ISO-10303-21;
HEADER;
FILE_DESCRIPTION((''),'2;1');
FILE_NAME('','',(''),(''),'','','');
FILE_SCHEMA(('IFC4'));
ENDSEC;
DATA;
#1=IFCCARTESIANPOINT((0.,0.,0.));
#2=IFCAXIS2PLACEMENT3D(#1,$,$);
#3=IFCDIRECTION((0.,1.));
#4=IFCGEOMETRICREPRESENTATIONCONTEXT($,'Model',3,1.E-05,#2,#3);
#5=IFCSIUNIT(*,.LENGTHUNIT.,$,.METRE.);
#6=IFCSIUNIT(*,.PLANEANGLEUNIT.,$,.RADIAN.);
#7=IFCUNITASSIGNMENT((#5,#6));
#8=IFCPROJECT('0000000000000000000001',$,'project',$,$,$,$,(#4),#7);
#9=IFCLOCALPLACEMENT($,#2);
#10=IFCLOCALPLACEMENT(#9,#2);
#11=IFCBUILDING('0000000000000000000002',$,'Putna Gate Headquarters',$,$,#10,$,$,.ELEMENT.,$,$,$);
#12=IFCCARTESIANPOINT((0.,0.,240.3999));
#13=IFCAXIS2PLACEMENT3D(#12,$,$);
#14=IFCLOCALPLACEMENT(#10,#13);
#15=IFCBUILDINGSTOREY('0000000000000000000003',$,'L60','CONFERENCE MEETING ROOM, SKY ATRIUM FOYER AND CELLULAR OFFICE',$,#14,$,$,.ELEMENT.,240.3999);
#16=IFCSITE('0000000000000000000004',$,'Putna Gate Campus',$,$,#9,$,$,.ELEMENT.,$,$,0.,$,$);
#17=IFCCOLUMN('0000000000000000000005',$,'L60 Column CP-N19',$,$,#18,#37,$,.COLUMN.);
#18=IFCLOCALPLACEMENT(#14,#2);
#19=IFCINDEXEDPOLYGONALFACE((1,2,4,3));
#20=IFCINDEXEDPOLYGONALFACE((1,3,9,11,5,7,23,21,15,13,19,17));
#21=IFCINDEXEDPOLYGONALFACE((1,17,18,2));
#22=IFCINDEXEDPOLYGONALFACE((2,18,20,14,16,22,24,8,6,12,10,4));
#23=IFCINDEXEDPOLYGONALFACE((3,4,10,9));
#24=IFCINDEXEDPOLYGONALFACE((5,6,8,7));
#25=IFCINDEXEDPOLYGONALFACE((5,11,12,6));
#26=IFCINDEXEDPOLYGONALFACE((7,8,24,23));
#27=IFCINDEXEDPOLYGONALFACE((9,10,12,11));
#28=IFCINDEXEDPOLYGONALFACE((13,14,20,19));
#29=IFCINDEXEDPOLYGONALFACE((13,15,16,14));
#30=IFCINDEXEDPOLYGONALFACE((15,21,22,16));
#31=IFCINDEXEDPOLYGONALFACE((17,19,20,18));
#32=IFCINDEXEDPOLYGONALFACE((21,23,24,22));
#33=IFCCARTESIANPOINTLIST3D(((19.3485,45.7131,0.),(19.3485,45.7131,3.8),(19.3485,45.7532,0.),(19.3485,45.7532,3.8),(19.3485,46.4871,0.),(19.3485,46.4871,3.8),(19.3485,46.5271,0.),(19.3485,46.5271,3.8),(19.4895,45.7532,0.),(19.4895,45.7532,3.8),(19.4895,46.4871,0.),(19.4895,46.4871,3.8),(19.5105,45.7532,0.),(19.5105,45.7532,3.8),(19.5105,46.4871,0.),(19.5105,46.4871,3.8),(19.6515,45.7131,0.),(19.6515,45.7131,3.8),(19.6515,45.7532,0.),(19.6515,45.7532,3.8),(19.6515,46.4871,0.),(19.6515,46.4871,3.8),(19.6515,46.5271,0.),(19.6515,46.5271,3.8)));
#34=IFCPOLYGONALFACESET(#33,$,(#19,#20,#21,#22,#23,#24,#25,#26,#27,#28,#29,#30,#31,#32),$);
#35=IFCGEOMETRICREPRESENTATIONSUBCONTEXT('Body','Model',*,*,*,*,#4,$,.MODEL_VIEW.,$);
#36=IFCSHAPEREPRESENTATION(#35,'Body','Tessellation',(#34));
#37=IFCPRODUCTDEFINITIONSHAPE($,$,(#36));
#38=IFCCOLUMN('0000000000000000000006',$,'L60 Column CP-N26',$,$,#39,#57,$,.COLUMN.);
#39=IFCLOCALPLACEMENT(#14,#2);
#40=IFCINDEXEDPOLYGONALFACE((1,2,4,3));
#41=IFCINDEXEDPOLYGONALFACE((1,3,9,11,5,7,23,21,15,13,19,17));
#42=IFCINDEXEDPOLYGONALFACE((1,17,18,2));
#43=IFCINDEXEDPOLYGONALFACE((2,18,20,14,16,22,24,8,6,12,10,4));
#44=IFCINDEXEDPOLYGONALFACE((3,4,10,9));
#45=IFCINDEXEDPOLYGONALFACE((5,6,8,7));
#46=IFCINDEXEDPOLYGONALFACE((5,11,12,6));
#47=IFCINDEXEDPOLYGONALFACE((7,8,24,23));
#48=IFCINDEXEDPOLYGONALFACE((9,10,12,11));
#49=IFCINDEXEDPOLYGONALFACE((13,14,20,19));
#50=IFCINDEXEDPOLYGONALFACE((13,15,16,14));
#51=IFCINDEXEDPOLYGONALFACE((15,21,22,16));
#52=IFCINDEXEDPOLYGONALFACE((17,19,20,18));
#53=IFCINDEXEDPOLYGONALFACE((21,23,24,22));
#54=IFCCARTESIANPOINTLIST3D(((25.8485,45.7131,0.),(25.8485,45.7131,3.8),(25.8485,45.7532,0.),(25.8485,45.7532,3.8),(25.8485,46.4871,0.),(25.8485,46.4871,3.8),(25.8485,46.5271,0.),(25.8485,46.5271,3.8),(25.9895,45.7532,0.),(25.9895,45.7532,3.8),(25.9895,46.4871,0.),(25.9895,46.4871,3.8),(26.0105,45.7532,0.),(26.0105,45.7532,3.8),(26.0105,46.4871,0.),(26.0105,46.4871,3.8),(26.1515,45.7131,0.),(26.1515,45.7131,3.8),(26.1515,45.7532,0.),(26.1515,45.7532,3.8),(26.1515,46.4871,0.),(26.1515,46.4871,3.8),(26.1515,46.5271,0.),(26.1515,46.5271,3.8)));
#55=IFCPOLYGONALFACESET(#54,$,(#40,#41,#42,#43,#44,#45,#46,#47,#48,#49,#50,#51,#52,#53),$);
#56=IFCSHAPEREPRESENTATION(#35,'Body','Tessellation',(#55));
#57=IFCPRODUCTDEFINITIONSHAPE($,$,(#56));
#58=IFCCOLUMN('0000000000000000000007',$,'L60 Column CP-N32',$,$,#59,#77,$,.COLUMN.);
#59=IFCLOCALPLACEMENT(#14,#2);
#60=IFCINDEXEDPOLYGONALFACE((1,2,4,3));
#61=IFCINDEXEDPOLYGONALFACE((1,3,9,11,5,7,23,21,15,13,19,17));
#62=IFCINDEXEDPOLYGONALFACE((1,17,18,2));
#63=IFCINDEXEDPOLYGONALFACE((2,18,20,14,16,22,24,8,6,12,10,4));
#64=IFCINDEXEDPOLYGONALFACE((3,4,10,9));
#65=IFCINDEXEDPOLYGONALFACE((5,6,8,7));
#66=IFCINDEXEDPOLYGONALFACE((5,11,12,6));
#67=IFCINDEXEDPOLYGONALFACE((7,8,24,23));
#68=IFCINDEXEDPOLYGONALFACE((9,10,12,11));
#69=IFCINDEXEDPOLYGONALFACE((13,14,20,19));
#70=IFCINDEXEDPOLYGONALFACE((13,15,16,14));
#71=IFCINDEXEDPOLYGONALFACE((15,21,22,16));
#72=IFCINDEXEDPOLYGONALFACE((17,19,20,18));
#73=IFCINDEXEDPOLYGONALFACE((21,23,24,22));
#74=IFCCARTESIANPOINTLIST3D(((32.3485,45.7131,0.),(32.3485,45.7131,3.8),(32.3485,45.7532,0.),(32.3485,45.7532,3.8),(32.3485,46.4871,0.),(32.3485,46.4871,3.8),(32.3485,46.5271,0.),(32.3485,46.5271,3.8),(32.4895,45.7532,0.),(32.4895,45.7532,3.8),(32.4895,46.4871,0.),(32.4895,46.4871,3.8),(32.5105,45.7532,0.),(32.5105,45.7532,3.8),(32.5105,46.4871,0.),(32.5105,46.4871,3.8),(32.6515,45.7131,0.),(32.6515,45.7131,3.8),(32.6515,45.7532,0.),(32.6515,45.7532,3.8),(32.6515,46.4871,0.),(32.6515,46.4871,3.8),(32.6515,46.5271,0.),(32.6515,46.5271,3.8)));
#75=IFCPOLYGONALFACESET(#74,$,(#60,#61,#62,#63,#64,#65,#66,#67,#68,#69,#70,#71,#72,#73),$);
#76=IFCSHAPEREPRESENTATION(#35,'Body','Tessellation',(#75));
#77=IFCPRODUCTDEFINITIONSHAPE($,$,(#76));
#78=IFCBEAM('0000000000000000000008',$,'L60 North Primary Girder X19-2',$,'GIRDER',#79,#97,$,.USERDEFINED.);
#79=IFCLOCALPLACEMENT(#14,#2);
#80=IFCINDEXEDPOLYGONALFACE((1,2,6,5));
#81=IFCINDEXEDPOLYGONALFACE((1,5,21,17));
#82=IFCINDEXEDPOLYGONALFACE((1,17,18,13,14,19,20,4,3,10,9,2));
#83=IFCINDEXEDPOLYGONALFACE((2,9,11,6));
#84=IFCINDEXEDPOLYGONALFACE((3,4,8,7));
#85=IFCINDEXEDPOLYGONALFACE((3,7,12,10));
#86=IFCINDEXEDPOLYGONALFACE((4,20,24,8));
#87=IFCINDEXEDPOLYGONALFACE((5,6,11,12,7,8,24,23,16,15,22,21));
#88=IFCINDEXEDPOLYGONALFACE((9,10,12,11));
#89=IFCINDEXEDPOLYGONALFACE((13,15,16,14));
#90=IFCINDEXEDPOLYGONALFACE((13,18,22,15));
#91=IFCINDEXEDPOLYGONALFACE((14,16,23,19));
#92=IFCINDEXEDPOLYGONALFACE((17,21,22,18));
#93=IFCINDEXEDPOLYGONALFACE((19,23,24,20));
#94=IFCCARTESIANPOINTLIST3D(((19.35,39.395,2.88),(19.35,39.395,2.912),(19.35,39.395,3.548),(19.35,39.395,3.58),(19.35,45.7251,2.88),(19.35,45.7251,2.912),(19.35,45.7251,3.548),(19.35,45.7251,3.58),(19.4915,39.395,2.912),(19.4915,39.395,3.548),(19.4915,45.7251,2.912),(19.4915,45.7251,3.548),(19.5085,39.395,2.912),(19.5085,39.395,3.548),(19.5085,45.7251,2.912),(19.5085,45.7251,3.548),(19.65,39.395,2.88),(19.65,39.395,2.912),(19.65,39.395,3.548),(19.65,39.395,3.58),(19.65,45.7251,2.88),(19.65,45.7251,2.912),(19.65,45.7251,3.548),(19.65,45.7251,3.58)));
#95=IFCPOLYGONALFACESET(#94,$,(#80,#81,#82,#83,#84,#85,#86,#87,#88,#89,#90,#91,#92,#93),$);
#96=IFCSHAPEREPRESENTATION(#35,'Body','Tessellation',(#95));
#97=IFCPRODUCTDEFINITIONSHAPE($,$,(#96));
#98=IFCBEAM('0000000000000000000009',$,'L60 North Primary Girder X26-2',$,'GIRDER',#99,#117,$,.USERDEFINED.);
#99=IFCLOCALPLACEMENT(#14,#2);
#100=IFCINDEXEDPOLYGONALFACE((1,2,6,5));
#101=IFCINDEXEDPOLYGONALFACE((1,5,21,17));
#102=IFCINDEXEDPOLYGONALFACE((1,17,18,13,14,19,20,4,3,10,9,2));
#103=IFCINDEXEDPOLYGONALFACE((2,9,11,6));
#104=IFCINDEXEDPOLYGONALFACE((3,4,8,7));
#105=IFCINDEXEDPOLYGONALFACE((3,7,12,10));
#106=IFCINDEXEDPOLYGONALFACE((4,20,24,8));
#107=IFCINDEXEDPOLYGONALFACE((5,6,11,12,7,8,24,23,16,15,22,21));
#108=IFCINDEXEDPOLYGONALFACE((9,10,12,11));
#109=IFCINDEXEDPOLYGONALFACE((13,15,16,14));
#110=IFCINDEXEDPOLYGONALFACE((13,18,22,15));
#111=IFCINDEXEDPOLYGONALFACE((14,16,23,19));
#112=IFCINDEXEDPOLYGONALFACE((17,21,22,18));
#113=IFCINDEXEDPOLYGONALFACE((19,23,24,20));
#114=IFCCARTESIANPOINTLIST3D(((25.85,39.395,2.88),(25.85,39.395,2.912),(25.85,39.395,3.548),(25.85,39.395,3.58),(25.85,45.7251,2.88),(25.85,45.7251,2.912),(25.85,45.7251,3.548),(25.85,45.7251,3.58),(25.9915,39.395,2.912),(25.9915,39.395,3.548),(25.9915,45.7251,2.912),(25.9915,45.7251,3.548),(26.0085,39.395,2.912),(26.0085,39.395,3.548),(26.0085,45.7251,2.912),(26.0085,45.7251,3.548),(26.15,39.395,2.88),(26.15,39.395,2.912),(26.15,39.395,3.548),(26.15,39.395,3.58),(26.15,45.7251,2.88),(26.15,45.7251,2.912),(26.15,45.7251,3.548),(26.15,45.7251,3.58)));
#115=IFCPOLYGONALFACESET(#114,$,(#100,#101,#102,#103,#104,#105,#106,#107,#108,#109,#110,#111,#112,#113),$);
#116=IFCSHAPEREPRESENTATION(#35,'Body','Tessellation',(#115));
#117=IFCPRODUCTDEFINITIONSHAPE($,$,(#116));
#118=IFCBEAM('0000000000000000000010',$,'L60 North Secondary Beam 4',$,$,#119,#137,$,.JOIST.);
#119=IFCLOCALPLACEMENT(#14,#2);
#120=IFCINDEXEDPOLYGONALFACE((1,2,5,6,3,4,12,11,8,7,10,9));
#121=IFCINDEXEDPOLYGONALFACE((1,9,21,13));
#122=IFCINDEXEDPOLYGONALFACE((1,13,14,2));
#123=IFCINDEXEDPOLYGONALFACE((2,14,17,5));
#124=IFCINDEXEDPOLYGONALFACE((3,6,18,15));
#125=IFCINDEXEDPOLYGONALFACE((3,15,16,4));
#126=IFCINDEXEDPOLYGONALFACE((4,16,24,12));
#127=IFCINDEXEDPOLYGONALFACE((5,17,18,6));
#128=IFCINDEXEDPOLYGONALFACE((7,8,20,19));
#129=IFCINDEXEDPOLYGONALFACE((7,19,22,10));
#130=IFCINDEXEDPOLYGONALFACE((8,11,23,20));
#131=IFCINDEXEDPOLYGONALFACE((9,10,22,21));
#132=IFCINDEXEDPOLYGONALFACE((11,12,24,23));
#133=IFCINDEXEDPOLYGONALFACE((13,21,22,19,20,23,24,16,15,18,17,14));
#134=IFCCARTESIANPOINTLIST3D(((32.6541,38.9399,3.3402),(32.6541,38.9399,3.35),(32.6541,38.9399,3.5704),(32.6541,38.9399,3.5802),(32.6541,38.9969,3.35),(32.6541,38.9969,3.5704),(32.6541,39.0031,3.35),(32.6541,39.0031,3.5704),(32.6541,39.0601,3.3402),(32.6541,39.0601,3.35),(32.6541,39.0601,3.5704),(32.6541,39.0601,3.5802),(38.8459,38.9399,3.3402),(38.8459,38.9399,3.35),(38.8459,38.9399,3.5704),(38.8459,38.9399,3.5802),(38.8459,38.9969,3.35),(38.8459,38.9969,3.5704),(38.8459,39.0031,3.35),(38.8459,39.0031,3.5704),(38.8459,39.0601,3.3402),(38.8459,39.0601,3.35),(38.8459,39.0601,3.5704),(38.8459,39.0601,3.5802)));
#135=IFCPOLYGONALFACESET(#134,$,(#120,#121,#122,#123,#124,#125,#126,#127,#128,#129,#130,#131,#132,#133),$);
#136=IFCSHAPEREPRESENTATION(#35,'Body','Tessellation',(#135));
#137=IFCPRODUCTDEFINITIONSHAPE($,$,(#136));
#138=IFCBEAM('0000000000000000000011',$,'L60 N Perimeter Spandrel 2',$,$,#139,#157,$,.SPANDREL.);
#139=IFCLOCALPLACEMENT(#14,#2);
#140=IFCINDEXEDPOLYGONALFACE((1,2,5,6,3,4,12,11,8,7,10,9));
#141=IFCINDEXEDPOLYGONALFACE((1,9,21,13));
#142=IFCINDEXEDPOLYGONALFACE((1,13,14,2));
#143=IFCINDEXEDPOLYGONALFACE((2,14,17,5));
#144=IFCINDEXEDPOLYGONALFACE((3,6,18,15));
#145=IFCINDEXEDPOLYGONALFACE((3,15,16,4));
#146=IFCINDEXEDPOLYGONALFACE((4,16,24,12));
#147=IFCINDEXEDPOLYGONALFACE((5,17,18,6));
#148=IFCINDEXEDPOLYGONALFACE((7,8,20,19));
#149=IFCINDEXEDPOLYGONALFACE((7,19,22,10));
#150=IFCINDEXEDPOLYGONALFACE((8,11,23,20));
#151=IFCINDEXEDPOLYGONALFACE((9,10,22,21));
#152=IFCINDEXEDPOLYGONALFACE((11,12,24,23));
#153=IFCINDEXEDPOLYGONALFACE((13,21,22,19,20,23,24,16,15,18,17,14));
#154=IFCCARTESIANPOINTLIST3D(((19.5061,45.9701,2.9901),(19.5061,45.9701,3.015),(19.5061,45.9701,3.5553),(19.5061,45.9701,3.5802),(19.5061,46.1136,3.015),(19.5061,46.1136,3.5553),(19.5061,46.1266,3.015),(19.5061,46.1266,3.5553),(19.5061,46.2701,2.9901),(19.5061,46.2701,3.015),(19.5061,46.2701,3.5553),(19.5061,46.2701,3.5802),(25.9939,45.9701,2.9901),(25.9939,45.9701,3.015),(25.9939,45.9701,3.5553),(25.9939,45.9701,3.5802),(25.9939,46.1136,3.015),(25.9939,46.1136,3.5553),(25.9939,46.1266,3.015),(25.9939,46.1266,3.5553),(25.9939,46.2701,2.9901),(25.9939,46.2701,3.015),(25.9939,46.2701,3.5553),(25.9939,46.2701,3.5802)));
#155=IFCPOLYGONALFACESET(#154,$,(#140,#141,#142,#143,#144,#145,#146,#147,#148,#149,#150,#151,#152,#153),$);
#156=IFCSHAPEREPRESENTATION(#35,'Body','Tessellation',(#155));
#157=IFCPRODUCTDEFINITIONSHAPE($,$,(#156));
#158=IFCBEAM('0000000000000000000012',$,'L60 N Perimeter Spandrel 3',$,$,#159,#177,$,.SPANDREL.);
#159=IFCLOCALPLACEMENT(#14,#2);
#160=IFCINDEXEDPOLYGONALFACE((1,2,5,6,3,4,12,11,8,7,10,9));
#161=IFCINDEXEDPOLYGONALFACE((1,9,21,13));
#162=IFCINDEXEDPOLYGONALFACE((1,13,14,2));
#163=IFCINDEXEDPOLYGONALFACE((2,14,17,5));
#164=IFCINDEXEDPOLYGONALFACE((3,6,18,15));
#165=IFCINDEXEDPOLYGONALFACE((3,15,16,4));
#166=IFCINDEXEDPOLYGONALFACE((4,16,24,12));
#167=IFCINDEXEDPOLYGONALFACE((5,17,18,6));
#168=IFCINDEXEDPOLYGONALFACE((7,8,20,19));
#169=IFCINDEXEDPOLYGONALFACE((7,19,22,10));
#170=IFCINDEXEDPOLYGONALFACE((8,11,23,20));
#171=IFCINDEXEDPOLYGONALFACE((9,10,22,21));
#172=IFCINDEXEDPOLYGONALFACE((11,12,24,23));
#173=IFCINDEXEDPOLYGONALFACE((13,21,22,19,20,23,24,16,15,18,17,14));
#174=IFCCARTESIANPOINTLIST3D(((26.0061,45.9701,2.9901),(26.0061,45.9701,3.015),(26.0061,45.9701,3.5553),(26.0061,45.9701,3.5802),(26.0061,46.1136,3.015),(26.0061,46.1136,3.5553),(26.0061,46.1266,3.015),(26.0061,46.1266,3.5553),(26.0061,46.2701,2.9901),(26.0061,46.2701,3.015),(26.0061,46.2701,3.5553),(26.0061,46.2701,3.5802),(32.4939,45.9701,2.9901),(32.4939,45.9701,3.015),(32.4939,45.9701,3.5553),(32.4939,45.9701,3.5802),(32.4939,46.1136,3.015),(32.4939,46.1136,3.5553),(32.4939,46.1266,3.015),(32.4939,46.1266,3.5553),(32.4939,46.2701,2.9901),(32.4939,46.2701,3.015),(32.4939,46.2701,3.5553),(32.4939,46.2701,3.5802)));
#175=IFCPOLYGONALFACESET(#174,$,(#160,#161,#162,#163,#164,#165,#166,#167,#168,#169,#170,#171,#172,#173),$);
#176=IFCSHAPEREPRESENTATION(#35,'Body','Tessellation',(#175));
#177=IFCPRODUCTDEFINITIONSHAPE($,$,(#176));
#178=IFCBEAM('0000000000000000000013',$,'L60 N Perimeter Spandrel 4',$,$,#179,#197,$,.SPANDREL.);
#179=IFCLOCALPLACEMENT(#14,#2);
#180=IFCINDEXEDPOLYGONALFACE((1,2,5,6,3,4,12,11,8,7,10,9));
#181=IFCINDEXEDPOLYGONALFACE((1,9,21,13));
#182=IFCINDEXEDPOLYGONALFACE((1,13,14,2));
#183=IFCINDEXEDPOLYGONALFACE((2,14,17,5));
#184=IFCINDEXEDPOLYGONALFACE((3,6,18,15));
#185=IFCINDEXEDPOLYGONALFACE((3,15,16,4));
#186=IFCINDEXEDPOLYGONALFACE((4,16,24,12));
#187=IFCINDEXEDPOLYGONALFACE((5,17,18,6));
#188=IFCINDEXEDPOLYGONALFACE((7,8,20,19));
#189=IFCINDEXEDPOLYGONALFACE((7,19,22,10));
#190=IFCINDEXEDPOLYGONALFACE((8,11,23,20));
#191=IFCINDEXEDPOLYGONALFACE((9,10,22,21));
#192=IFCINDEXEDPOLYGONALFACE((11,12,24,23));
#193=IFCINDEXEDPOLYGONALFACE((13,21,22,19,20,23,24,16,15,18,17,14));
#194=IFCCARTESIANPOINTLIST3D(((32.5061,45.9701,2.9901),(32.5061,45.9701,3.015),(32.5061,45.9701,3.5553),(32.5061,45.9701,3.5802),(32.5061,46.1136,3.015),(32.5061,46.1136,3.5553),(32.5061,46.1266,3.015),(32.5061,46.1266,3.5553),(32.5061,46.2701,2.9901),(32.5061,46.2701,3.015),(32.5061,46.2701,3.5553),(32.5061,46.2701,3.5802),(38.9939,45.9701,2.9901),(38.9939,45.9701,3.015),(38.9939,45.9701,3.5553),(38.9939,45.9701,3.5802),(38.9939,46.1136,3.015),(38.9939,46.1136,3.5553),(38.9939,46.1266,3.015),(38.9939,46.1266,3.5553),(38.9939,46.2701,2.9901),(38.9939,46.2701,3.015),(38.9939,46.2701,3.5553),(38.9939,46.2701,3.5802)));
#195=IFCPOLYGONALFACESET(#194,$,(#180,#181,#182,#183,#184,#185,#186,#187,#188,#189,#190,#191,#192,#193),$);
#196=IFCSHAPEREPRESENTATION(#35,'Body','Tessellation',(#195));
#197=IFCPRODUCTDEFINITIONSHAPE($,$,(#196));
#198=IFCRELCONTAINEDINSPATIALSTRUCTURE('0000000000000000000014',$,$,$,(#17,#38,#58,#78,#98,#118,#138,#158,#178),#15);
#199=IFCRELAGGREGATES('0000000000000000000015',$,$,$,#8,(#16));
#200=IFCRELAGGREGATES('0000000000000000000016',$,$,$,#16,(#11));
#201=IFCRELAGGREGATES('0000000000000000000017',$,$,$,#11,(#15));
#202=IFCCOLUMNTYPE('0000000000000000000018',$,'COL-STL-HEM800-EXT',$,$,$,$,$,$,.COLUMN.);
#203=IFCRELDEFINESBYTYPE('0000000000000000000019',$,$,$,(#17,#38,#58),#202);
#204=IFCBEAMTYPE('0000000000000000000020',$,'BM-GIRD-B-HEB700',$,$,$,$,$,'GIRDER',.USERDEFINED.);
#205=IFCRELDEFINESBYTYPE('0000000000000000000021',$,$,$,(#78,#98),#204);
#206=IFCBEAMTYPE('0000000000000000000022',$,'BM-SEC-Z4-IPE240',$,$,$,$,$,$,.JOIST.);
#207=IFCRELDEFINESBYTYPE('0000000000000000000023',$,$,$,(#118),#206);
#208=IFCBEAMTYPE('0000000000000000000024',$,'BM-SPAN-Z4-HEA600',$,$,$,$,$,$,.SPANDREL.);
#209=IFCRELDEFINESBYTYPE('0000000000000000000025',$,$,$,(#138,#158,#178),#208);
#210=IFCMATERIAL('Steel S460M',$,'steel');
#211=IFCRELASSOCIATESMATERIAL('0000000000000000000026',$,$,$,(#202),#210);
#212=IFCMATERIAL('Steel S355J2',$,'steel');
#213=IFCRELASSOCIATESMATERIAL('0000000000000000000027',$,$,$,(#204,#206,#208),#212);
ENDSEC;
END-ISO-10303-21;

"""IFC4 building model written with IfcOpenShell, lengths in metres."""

from ifc_helpers import new_model, si_unit, direction, frame, origin, origin_2d, place, context, subcontext, project, spatial, i_section, extrude, material, material_profile, profile_set, type_object, element, save


model = new_model("IFC4")

# Units and contexts
model_context = context("Model", 3, precision=1e-05, world=origin(), true_north=direction((0.0, 1.0)))
body_context = subcontext(model_context, "Body", "Model", "MODEL_VIEW")
ifc_project = project(units=[si_unit("LENGTHUNIT", "METRE"), si_unit("PLANEANGLEUNIT", "RADIAN")], contexts=[model_context])

# Site, building, storey
site_placement = place(None, origin())
site = spatial("IfcSite", under=ifc_project, at=site_placement, Name="Putna Gate Campus", CompositionType="ELEMENT", RefElevation=0.0)
building_placement = place(site_placement, origin())
building = spatial("IfcBuilding", under=site, at=building_placement, Name="Putna Gate Headquarters", CompositionType="ELEMENT")
storey_placement = place(building_placement, frame((0.0, 0.0, 240.3999)))
storey = spatial("IfcBuildingStorey", under=building, at=storey_placement, Name="L60", Description="CONFERENCE MEETING ROOM, SKY ATRIUM FOYER AND CELLULAR OFFICE", CompositionType="ELEMENT", Elevation=240.3999)

# Columns
ifc_material_1 = material(Name="Steel S460M", Category="steel")
ifc_material_profile_1 = material_profile(ifc_material_1, i_section(OverallWidth=0.303, OverallDepth=0.814, WebThickness=0.021, FlangeThickness=0.04, at=origin_2d()), Name="Steel S460M")
ifc_profile_set_1 = profile_set([ifc_material_profile_1], Name="Steel S460M")
column_type = type_object("IfcColumnType", Name="COL-STL-HEM800-EXT", PredefinedType="COLUMN", material=ifc_profile_set_1)
for number, where, z_axis, x_axis, name in (
    (1, (19.5, 46.1201, 0.0), (0.0, 0.0, 1.0), (1.0, 0.0, 0.0), "L60 Column CP-N19"),
    (2, (26.0, 46.1201, 0.0), (0.0, 0.0, 1.0), (1.0, 0.0, 0.0), "L60 Column CP-N26"),
    (3, (32.5, 46.1201, 0.0), (0.0, 0.0, 1.0), (1.0, 0.0, 0.0), "L60 Column CP-N32"),
):
    element("IfcColumn", number, at=place(storey_placement, frame(where, z_axis=z_axis, x_axis=x_axis)), inside=storey, type_object=column_type, Name=name, PredefinedType="COLUMN", context=body_context, shape_type="SweptSolid", body=[
        extrude(i_section(OverallWidth=0.303, OverallDepth=0.814, WebThickness=0.021, FlangeThickness=0.04, at=origin_2d()), origin(), (0.0, 0.0, 1.0), 3.8),
    ])

# Beams
ifc_material_2 = material(Name="Steel S355J2", Category="steel")
ifc_material_profile_2 = material_profile(ifc_material_2, i_section(OverallWidth=0.3, OverallDepth=0.7, WebThickness=0.0171, FlangeThickness=0.032, at=origin_2d()), Name="Steel S355J2")
ifc_profile_set_2 = profile_set([ifc_material_profile_2], Name="Steel S355J2")
beam_type_1 = type_object("IfcBeamType", Name="BM-GIRD-B-HEB700", ElementType="GIRDER", PredefinedType="USERDEFINED", material=ifc_profile_set_2)
for number, where, z_axis, x_axis, name in (
    (4, (19.5, 39.395, 3.23), (0.0, 1.0, 0.0), (-1.0, 0.0, 0.0), "L60 North Primary Girder X19-2"),
    (5, (26.0, 39.395, 3.23), (0.0, 1.0, 0.0), (-1.0, 0.0, 0.0), "L60 North Primary Girder X26-2"),
):
    element("IfcBeam", number, at=place(storey_placement, frame(where, z_axis=z_axis, x_axis=x_axis)), inside=storey, type_object=beam_type_1, Name=name, ObjectType="GIRDER", PredefinedType="USERDEFINED", context=body_context, shape_type="SweptSolid", body=[
        extrude(i_section(OverallWidth=0.3, OverallDepth=0.7, WebThickness=0.0171, FlangeThickness=0.032, at=origin_2d()), origin(), (0.0, 0.0, 1.0), 6.3301),
    ])
ifc_material_profile_3 = material_profile(ifc_material_2, i_section(OverallWidth=0.1201, OverallDepth=0.24, WebThickness=0.0061, FlangeThickness=0.0098, at=origin_2d()), Name="Steel S355J2")
ifc_profile_set_3 = profile_set([ifc_material_profile_3], Name="Steel S355J2")
beam_type_2 = type_object("IfcBeamType", Name="BM-SEC-Z4-IPE240", PredefinedType="JOIST", material=ifc_profile_set_3)
beam_placement = place(storey_placement, frame((32.6541, 39.0, 3.4602), z_axis=(1.0, 0.0, 0.0), x_axis=(0.0, 1.0, 0.0)))
element("IfcBeam", 6, at=beam_placement, inside=storey, type_object=beam_type_2, Name="L60 North Secondary Beam 4", PredefinedType="JOIST", context=body_context, shape_type="SweptSolid", body=[
    extrude(i_section(OverallWidth=0.1201, OverallDepth=0.24, WebThickness=0.0061, FlangeThickness=0.0098, at=origin_2d()), origin(), (0.0, 0.0, 1.0), 6.1919),
])
ifc_material_profile_4 = material_profile(ifc_material_2, i_section(OverallWidth=0.3, OverallDepth=0.5901, WebThickness=0.0129, FlangeThickness=0.0249, at=origin_2d()), Name="Steel S355J2")
ifc_profile_set_4 = profile_set([ifc_material_profile_4], Name="Steel S355J2")
beam_type_3 = type_object("IfcBeamType", Name="BM-SPAN-Z4-HEA600", PredefinedType="SPANDREL", material=ifc_profile_set_4)
for number, where, z_axis, x_axis, name in (
    (7, (19.5061, 46.1201, 3.2852), (1.0, 0.0, 0.0), (0.0, 1.0, 0.0), "L60 N Perimeter Spandrel 2"),
    (8, (26.0061, 46.1201, 3.2852), (1.0, 0.0, 0.0), (0.0, 1.0, 0.0), "L60 N Perimeter Spandrel 3"),
    (9, (32.5061, 46.1201, 3.2852), (1.0, 0.0, 0.0), (0.0, 1.0, 0.0), "L60 N Perimeter Spandrel 4"),
):
    element("IfcBeam", number, at=place(storey_placement, frame(where, z_axis=z_axis, x_axis=x_axis)), inside=storey, type_object=beam_type_3, Name=name, PredefinedType="SPANDREL", context=body_context, shape_type="SweptSolid", body=[
        extrude(i_section(OverallWidth=0.3, OverallDepth=0.5901, WebThickness=0.0129, FlangeThickness=0.0249, at=origin_2d()), origin(), (0.0, 0.0, 1.0), 6.4878),
    ])

save(model, "model.ifc")
